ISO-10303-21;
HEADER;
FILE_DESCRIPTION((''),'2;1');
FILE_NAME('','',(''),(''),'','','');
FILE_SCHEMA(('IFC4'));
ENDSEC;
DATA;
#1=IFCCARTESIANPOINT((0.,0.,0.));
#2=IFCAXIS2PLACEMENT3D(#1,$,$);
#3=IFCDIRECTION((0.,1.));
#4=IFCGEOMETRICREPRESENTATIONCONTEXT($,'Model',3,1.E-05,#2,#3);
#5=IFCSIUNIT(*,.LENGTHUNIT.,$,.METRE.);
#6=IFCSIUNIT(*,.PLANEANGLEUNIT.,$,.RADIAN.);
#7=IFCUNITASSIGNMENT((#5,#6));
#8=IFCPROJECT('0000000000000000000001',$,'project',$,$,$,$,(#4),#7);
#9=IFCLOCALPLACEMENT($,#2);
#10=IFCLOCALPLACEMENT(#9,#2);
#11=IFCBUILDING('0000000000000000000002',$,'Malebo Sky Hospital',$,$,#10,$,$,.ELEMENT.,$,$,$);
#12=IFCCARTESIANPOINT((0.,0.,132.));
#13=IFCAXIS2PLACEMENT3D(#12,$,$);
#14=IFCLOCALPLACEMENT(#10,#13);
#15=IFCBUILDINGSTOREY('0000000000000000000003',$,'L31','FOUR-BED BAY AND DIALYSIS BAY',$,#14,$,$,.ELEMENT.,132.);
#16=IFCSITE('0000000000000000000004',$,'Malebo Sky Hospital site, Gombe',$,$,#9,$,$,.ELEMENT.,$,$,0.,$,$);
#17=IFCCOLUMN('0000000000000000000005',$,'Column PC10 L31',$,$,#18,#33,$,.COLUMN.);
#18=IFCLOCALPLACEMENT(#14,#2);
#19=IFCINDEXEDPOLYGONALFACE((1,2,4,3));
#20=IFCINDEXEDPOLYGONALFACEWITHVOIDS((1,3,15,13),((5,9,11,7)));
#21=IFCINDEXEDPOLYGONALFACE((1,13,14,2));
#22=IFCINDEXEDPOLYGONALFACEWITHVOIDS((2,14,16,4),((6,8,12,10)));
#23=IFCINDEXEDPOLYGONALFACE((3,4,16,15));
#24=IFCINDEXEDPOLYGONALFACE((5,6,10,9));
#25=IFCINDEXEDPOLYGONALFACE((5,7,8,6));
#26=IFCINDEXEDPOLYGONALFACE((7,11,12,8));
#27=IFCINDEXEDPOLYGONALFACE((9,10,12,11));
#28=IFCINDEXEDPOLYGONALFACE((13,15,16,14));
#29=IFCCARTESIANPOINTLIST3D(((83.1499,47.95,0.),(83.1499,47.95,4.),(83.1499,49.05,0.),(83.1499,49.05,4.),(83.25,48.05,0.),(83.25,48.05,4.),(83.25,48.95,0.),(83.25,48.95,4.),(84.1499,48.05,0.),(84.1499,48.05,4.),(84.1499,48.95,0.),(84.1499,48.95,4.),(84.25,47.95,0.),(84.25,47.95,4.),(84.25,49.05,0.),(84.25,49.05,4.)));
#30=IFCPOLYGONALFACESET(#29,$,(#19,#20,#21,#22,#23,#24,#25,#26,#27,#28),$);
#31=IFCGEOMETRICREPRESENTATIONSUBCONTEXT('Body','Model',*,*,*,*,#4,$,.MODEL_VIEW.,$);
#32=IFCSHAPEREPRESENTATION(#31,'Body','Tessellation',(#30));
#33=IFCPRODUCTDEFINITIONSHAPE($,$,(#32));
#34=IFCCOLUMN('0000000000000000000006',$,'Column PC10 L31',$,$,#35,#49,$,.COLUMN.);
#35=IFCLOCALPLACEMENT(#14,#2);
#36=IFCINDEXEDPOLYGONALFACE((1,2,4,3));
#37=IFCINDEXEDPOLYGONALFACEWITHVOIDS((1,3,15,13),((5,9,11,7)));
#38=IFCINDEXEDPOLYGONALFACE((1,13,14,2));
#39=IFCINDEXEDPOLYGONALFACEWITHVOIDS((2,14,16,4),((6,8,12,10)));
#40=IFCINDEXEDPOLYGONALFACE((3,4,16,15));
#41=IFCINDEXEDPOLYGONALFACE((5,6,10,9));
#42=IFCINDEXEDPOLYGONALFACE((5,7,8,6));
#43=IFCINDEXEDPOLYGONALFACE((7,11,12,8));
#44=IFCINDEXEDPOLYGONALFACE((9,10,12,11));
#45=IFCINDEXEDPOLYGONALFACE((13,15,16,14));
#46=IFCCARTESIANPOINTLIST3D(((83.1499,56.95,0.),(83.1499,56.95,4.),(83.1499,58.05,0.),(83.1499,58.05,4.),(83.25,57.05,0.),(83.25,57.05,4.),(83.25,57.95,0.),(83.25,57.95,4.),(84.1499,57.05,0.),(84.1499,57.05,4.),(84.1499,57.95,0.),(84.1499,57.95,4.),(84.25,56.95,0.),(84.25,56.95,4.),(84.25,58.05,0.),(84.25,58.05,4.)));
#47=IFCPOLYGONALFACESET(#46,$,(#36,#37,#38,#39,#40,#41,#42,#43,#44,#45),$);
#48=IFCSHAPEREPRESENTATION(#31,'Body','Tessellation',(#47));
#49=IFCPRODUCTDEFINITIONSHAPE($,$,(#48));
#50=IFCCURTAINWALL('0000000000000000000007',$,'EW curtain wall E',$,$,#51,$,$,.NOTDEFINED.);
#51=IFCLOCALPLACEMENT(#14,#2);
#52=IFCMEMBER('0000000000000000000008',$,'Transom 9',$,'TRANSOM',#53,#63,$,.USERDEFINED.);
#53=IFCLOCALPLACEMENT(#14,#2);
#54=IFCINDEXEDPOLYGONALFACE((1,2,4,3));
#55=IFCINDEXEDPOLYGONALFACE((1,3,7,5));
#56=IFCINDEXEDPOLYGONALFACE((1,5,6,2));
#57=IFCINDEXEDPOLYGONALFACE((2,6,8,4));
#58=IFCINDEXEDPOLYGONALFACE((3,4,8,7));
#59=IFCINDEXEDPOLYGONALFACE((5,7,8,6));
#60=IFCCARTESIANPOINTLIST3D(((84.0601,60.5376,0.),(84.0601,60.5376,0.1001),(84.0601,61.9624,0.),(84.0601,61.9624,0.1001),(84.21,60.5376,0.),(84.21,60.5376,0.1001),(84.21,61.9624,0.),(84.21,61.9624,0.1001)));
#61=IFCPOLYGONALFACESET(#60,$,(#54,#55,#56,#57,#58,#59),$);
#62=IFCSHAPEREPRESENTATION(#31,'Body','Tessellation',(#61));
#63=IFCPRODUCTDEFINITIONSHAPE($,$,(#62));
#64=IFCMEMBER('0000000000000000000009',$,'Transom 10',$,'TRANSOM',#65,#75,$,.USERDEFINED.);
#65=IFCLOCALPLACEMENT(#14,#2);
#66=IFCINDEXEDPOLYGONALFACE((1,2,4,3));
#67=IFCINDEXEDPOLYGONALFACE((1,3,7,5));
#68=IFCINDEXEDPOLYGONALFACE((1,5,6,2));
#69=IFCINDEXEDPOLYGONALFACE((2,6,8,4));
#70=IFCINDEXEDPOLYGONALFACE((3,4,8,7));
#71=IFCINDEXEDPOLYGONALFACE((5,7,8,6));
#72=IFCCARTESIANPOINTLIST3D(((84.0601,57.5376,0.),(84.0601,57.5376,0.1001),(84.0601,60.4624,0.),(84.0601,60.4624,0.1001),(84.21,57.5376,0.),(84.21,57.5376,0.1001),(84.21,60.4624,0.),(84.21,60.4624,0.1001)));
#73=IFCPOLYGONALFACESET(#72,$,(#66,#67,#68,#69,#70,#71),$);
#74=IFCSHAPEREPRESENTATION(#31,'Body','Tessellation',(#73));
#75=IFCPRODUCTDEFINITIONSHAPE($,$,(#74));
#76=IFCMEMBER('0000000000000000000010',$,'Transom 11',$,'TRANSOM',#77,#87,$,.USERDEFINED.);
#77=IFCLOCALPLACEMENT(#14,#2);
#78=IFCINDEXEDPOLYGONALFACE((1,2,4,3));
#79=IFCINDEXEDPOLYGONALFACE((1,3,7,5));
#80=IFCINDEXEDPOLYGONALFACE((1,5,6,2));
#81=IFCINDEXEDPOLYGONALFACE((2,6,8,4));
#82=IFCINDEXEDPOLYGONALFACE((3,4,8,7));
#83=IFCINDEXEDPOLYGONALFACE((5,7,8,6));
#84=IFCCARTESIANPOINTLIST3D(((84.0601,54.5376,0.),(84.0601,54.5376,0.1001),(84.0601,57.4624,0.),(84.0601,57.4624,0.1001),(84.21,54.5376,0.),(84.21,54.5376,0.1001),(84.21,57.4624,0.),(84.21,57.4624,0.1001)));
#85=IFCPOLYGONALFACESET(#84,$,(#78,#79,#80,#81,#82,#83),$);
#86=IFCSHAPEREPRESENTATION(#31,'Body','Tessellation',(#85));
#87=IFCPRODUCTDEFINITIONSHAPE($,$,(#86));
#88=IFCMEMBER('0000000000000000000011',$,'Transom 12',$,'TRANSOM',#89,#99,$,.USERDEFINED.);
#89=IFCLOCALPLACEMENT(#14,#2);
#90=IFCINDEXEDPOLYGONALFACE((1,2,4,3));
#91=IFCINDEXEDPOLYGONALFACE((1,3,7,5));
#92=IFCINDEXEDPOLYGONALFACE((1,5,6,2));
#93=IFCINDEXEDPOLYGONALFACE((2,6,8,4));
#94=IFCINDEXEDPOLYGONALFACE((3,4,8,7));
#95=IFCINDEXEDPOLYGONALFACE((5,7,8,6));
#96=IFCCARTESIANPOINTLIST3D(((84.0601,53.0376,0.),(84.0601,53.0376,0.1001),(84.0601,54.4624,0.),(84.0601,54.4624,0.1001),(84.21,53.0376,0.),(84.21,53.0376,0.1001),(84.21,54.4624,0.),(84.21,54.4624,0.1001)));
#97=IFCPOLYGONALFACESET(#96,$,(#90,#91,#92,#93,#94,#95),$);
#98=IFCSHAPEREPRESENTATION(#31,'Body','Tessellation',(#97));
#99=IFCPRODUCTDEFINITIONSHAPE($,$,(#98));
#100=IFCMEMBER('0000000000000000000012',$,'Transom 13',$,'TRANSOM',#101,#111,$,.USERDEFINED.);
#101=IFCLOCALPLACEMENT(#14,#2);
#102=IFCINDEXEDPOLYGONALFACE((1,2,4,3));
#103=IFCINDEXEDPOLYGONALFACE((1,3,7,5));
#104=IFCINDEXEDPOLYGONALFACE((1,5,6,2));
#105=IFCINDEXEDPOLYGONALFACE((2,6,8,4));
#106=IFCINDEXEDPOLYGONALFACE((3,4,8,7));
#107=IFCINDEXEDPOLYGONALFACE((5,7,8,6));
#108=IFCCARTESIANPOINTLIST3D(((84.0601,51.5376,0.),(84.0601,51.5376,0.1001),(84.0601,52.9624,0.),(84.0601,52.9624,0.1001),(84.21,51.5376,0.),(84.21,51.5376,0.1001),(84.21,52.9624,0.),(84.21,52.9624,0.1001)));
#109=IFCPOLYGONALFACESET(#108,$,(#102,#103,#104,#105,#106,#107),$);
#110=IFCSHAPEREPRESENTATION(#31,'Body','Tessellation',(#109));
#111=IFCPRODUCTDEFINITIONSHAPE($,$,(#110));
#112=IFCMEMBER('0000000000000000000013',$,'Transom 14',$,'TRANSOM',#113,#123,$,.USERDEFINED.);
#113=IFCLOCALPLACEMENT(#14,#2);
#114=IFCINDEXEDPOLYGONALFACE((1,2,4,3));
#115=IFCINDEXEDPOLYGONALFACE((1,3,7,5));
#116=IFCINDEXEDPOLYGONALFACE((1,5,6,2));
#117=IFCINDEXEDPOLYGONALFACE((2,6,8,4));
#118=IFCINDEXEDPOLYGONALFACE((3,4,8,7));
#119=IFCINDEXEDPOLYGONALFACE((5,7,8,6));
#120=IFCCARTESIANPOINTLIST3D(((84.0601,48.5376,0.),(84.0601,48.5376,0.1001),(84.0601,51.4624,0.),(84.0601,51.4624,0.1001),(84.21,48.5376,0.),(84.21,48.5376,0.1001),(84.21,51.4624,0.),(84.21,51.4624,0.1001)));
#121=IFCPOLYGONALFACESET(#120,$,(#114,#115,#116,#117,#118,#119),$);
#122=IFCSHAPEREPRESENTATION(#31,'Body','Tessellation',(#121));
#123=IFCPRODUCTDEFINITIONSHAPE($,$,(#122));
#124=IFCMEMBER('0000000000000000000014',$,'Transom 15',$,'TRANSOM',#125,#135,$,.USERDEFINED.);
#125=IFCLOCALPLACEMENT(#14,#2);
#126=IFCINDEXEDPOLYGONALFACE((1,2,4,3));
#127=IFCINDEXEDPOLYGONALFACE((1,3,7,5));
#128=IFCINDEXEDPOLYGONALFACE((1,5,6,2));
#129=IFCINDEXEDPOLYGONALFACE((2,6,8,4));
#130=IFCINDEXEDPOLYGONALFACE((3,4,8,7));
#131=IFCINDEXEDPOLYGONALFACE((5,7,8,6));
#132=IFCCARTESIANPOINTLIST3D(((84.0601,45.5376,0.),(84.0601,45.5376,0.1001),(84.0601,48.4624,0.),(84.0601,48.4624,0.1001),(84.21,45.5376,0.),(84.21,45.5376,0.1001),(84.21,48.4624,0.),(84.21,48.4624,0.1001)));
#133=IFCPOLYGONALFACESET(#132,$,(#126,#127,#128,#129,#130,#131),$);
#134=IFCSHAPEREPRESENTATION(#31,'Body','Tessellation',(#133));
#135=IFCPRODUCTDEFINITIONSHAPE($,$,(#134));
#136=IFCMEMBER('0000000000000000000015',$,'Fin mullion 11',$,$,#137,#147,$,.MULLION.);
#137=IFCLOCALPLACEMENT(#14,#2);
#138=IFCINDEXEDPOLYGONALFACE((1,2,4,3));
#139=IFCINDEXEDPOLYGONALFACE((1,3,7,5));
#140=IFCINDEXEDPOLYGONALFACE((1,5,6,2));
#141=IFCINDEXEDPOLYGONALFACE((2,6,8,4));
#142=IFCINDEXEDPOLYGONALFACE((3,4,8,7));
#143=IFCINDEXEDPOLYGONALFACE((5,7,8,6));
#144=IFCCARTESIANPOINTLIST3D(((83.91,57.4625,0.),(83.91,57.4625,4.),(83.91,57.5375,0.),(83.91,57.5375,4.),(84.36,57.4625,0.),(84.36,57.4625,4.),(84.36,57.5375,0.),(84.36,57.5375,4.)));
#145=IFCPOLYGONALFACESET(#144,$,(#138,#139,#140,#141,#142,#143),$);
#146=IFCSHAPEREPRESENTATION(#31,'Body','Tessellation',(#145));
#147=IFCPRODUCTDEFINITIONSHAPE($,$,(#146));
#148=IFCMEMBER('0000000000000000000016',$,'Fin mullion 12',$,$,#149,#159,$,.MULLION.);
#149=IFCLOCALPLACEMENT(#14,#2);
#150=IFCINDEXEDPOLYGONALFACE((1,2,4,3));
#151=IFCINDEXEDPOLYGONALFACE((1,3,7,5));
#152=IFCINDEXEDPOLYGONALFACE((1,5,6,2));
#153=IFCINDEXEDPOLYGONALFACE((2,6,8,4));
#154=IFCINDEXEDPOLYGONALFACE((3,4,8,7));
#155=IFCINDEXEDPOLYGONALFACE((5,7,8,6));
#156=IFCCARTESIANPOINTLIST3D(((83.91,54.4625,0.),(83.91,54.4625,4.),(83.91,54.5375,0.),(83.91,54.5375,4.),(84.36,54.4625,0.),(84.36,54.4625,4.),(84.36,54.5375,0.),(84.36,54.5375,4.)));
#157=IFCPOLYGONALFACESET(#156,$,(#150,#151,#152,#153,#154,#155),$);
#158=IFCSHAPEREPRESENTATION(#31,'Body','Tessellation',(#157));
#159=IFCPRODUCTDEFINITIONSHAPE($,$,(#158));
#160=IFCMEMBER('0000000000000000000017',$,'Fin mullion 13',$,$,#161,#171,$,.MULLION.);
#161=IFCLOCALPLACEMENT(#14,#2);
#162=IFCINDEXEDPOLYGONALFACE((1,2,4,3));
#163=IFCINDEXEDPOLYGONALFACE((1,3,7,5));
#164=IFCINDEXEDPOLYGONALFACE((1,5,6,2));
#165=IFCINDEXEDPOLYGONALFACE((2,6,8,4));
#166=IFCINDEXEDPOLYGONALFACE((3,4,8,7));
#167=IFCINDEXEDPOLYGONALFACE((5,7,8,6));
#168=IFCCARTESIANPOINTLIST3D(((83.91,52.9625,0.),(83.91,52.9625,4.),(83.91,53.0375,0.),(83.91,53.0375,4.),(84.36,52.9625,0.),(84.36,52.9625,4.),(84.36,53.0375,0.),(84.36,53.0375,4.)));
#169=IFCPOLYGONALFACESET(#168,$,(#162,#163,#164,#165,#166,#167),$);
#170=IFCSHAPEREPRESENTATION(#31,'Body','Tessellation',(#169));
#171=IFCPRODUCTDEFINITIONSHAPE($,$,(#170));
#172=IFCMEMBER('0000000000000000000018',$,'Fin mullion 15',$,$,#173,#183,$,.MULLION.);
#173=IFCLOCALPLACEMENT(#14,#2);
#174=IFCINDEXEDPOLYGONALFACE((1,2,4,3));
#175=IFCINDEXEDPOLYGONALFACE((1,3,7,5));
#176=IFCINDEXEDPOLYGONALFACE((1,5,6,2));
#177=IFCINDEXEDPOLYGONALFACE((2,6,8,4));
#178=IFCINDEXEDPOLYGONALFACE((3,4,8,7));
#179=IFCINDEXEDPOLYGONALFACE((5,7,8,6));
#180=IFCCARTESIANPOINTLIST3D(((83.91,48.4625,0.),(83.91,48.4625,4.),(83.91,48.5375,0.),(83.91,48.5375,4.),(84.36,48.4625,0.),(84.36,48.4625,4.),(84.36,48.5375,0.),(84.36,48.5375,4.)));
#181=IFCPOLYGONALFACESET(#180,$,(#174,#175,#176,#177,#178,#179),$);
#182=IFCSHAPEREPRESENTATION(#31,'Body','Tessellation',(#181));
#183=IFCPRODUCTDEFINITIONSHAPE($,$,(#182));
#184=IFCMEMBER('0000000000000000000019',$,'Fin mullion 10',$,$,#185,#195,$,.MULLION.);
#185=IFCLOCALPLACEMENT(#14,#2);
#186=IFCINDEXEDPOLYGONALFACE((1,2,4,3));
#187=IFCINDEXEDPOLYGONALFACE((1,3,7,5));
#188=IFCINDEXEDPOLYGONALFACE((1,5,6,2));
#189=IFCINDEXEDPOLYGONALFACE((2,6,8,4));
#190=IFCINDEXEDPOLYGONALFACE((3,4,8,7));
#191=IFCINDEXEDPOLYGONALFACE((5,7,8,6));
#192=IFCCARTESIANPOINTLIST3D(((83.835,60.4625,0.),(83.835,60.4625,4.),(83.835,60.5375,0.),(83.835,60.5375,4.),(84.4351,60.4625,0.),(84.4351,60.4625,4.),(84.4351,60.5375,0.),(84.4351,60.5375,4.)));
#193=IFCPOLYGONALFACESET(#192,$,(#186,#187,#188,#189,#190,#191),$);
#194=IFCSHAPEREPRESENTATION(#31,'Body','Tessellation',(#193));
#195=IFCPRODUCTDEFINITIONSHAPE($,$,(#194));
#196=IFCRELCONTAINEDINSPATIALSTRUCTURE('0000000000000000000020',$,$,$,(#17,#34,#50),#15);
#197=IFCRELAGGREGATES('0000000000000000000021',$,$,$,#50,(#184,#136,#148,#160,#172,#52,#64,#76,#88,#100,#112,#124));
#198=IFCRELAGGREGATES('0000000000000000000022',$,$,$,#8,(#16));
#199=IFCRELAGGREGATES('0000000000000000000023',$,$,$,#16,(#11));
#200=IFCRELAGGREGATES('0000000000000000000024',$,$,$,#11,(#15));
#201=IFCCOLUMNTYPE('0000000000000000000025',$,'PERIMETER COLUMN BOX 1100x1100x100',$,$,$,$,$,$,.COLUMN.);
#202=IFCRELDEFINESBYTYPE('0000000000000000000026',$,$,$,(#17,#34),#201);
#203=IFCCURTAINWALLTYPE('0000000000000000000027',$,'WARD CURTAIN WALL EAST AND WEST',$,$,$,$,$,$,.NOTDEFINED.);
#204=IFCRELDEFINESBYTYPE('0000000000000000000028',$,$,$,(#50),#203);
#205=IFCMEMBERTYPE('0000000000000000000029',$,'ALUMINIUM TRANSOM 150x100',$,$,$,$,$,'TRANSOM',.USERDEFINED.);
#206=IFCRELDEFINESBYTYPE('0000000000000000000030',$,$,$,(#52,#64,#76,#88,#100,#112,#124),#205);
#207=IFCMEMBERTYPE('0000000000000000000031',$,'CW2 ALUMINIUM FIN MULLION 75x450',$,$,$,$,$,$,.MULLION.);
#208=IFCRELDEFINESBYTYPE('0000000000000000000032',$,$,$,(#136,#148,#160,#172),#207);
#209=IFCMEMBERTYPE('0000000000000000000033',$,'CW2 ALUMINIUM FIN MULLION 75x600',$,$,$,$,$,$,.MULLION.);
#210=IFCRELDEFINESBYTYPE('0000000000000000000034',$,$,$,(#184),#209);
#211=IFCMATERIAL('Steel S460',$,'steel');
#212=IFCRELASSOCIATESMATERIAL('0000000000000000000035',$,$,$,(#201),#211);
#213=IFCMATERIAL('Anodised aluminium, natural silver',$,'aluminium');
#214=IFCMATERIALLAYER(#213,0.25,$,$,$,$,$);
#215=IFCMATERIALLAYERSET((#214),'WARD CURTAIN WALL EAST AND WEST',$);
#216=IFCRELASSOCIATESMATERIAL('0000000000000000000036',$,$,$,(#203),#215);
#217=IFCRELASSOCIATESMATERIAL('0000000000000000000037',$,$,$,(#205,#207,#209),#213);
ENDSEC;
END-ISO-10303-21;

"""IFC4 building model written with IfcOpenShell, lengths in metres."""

from ifc_helpers import new_model, si_unit, direction, frame, origin, origin_2d, place, context, subcontext, project, spatial, rectangle, hollow_rectangle, extrude, material, layer, layer_set, material_profile, profile_set, type_object, element, aggregate, save


model = new_model("IFC4")

# Units and contexts
model_context = context("Model", 3, precision=1e-05, world=origin(), true_north=direction((0.0, 1.0)))
body_context = subcontext(model_context, "Body", "Model", "MODEL_VIEW")
ifc_project = project(units=[si_unit("LENGTHUNIT", "METRE"), si_unit("PLANEANGLEUNIT", "RADIAN")], contexts=[model_context])

# Site, building, storey
site_placement = place(None, origin())
site = spatial("IfcSite", under=ifc_project, at=site_placement, Name="Malebo Sky Hospital site, Gombe", CompositionType="ELEMENT", RefElevation=0.0)
building_placement = place(site_placement, origin())
building = spatial("IfcBuilding", under=site, at=building_placement, Name="Malebo Sky Hospital", CompositionType="ELEMENT")
storey_placement = place(building_placement, frame((0.0, 0.0, 132.0)))
storey = spatial("IfcBuildingStorey", under=building, at=storey_placement, Name="L31", Description="FOUR-BED BAY AND DIALYSIS BAY", CompositionType="ELEMENT", Elevation=132.0)

# Columns
ifc_material_1 = material(Name="Steel S460", Category="steel")
ifc_material_profile_1 = material_profile(ifc_material_1, hollow_rectangle(XDim=1.1001, YDim=1.1001, WallThickness=0.1001, at=origin_2d()), Name="BOX 1100x1100x100")
ifc_profile_set_1 = profile_set([ifc_material_profile_1], Name="Steel S460")
column_type = type_object("IfcColumnType", Name="PERIMETER COLUMN BOX 1100x1100x100", PredefinedType="COLUMN", material=ifc_profile_set_1)
for number, where, z_axis, x_axis, name in (
    (1, (83.7, 48.5, 0.0), (0.0, 0.0, 1.0), (1.0, 0.0, 0.0), "Column PC10 L31"),
    (2, (83.7, 57.5, 0.0), (0.0, 0.0, 1.0), (1.0, 0.0, 0.0), "Column PC10 L31"),
):
    element("IfcColumn", number, at=place(storey_placement, frame(where, z_axis=z_axis, x_axis=x_axis)), inside=storey, type_object=column_type, Name=name, PredefinedType="COLUMN", context=body_context, shape_type="SweptSolid", body=[
        extrude(hollow_rectangle(XDim=1.1001, YDim=1.1001, WallThickness=0.1001, at=origin_2d()), origin(), (0.0, 0.0, 1.0), 4.0),
    ])

# Curtain wall, members
ifc_material_2 = material(Name="Anodised aluminium, natural silver", Category="aluminium")
ifc_layer_1 = layer(ifc_material_2, 0.25)
ifc_layer_set_1 = layer_set([ifc_layer_1], Name="WARD CURTAIN WALL EAST AND WEST")
curtain_wall_type = type_object("IfcCurtainWallType", Name="WARD CURTAIN WALL EAST AND WEST", PredefinedType="NOTDEFINED", material=ifc_layer_set_1)
curtain_wall_placement = place(storey_placement, origin())
curtain_wall = element("IfcCurtainWall", 3, at=curtain_wall_placement, inside=storey, type_object=curtain_wall_type, Name="EW curtain wall E", PredefinedType="NOTDEFINED")
ifc_material_profile_2 = material_profile(ifc_material_2, rectangle(XDim=0.1499, YDim=0.1001, at=origin_2d()), Name="ALUMINIUM TRANSOM 150x100")
ifc_profile_set_2 = profile_set([ifc_material_profile_2], Name="Anodised aluminium, natural silver")
member_type_1 = type_object("IfcMemberType", Name="ALUMINIUM TRANSOM 150x100", ElementType="TRANSOM", PredefinedType="USERDEFINED", material=ifc_profile_set_2)
member_1_placement = place(storey_placement, frame((84.135, 61.9624, 0.05), z_axis=(0.0, -1.0, 0.0), x_axis=(1.0, 0.0, 0.0)))
member_1 = element("IfcMember", 4, at=member_1_placement, type_object=member_type_1, Name="Transom 9", ObjectType="TRANSOM", PredefinedType="USERDEFINED", context=body_context, shape_type="SweptSolid", body=[
    extrude(rectangle(XDim=0.1499, YDim=0.1001, at=origin_2d()), origin(), (0.0, 0.0, 1.0), 1.4248),
])
member_2_placement = place(storey_placement, frame((84.135, 60.4624, 0.05), z_axis=(0.0, -1.0, 0.0), x_axis=(1.0, 0.0, 0.0)))
member_2 = element("IfcMember", 5, at=member_2_placement, type_object=member_type_1, Name="Transom 10", ObjectType="TRANSOM", PredefinedType="USERDEFINED", context=body_context, shape_type="SweptSolid", body=[
    extrude(rectangle(XDim=0.1499, YDim=0.1001, at=origin_2d()), origin(), (0.0, 0.0, 1.0), 2.9248),
])
member_3_placement = place(storey_placement, frame((84.135, 57.4624, 0.05), z_axis=(0.0, -1.0, 0.0), x_axis=(1.0, 0.0, 0.0)))
member_3 = element("IfcMember", 6, at=member_3_placement, type_object=member_type_1, Name="Transom 11", ObjectType="TRANSOM", PredefinedType="USERDEFINED", context=body_context, shape_type="SweptSolid", body=[
    extrude(rectangle(XDim=0.1499, YDim=0.1001, at=origin_2d()), origin(), (0.0, 0.0, 1.0), 2.9248),
])
member_4_placement = place(storey_placement, frame((84.135, 54.4624, 0.05), z_axis=(0.0, -1.0, 0.0), x_axis=(1.0, 0.0, 0.0)))
member_4 = element("IfcMember", 7, at=member_4_placement, type_object=member_type_1, Name="Transom 12", ObjectType="TRANSOM", PredefinedType="USERDEFINED", context=body_context, shape_type="SweptSolid", body=[
    extrude(rectangle(XDim=0.1499, YDim=0.1001, at=origin_2d()), origin(), (0.0, 0.0, 1.0), 1.4248),
])
member_5_placement = place(storey_placement, frame((84.135, 52.9624, 0.05), z_axis=(0.0, -1.0, 0.0), x_axis=(1.0, 0.0, 0.0)))
member_5 = element("IfcMember", 8, at=member_5_placement, type_object=member_type_1, Name="Transom 13", ObjectType="TRANSOM", PredefinedType="USERDEFINED", context=body_context, shape_type="SweptSolid", body=[
    extrude(rectangle(XDim=0.1499, YDim=0.1001, at=origin_2d()), origin(), (0.0, 0.0, 1.0), 1.4248),
])
member_6_placement = place(storey_placement, frame((84.135, 51.4624, 0.05), z_axis=(0.0, -1.0, 0.0), x_axis=(1.0, 0.0, 0.0)))
member_6 = element("IfcMember", 9, at=member_6_placement, type_object=member_type_1, Name="Transom 14", ObjectType="TRANSOM", PredefinedType="USERDEFINED", context=body_context, shape_type="SweptSolid", body=[
    extrude(rectangle(XDim=0.1499, YDim=0.1001, at=origin_2d()), origin(), (0.0, 0.0, 1.0), 2.9248),
])
member_7_placement = place(storey_placement, frame((84.135, 48.4624, 0.05), z_axis=(0.0, -1.0, 0.0), x_axis=(1.0, 0.0, 0.0)))
member_7 = element("IfcMember", 10, at=member_7_placement, type_object=member_type_1, Name="Transom 15", ObjectType="TRANSOM", PredefinedType="USERDEFINED", context=body_context, shape_type="SweptSolid", body=[
    extrude(rectangle(XDim=0.1499, YDim=0.1001, at=origin_2d()), origin(), (0.0, 0.0, 1.0), 2.9248),
])
ifc_material_profile_3 = material_profile(ifc_material_2, rectangle(XDim=0.075, YDim=0.45, at=origin_2d()), Name="CW2 ALUMINIUM FIN MULLION 75x450")
ifc_profile_set_3 = profile_set([ifc_material_profile_3], Name="Anodised aluminium, natural silver")
member_type_2 = type_object("IfcMemberType", Name="CW2 ALUMINIUM FIN MULLION 75x450", PredefinedType="MULLION", material=ifc_profile_set_3)
member_8_placement = place(storey_placement, frame((84.135, 57.5, 0.0), z_axis=(0.0, 0.0, 1.0), x_axis=(0.0, -1.0, 0.0)))
member_8 = element("IfcMember", 11, at=member_8_placement, type_object=member_type_2, Name="Fin mullion 11", PredefinedType="MULLION", context=body_context, shape_type="SweptSolid", body=[
    extrude(rectangle(XDim=0.075, YDim=0.45, at=origin_2d()), origin(), (0.0, 0.0, 1.0), 4.0),
])
member_9_placement = place(storey_placement, frame((84.135, 54.5, 0.0), z_axis=(0.0, 0.0, 1.0), x_axis=(0.0, -1.0, 0.0)))
member_9 = element("IfcMember", 12, at=member_9_placement, type_object=member_type_2, Name="Fin mullion 12", PredefinedType="MULLION", context=body_context, shape_type="SweptSolid", body=[
    extrude(rectangle(XDim=0.075, YDim=0.45, at=origin_2d()), origin(), (0.0, 0.0, 1.0), 4.0),
])
member_10_placement = place(storey_placement, frame((84.135, 53.0, 0.0), z_axis=(0.0, 0.0, 1.0), x_axis=(0.0, -1.0, 0.0)))
member_10 = element("IfcMember", 13, at=member_10_placement, type_object=member_type_2, Name="Fin mullion 13", PredefinedType="MULLION", context=body_context, shape_type="SweptSolid", body=[
    extrude(rectangle(XDim=0.075, YDim=0.45, at=origin_2d()), origin(), (0.0, 0.0, 1.0), 4.0),
])
member_11_placement = place(storey_placement, frame((84.135, 48.5, 0.0), z_axis=(0.0, 0.0, 1.0), x_axis=(0.0, -1.0, 0.0)))
member_11 = element("IfcMember", 14, at=member_11_placement, type_object=member_type_2, Name="Fin mullion 15", PredefinedType="MULLION", context=body_context, shape_type="SweptSolid", body=[
    extrude(rectangle(XDim=0.075, YDim=0.45, at=origin_2d()), origin(), (0.0, 0.0, 1.0), 4.0),
])
ifc_material_profile_4 = material_profile(ifc_material_2, rectangle(XDim=0.075, YDim=0.6001, at=origin_2d()), Name="CW2 ALUMINIUM FIN MULLION 75x600")
ifc_profile_set_4 = profile_set([ifc_material_profile_4], Name="Anodised aluminium, natural silver")
member_type_3 = type_object("IfcMemberType", Name="CW2 ALUMINIUM FIN MULLION 75x600", PredefinedType="MULLION", material=ifc_profile_set_4)
member_12_placement = place(storey_placement, frame((84.135, 60.5, 0.0), z_axis=(0.0, 0.0, 1.0), x_axis=(0.0, -1.0, 0.0)))
member_12 = element("IfcMember", 15, at=member_12_placement, type_object=member_type_3, Name="Fin mullion 10", PredefinedType="MULLION", context=body_context, shape_type="SweptSolid", body=[
    extrude(rectangle(XDim=0.075, YDim=0.6001, at=origin_2d()), origin(), (0.0, 0.0, 1.0), 4.0),
])

aggregate(curtain_wall, [member_12, member_8, member_9, member_10, member_11, member_1, member_2, member_3, member_4, member_5, member_6, member_7])

save(model, "model.ifc")
